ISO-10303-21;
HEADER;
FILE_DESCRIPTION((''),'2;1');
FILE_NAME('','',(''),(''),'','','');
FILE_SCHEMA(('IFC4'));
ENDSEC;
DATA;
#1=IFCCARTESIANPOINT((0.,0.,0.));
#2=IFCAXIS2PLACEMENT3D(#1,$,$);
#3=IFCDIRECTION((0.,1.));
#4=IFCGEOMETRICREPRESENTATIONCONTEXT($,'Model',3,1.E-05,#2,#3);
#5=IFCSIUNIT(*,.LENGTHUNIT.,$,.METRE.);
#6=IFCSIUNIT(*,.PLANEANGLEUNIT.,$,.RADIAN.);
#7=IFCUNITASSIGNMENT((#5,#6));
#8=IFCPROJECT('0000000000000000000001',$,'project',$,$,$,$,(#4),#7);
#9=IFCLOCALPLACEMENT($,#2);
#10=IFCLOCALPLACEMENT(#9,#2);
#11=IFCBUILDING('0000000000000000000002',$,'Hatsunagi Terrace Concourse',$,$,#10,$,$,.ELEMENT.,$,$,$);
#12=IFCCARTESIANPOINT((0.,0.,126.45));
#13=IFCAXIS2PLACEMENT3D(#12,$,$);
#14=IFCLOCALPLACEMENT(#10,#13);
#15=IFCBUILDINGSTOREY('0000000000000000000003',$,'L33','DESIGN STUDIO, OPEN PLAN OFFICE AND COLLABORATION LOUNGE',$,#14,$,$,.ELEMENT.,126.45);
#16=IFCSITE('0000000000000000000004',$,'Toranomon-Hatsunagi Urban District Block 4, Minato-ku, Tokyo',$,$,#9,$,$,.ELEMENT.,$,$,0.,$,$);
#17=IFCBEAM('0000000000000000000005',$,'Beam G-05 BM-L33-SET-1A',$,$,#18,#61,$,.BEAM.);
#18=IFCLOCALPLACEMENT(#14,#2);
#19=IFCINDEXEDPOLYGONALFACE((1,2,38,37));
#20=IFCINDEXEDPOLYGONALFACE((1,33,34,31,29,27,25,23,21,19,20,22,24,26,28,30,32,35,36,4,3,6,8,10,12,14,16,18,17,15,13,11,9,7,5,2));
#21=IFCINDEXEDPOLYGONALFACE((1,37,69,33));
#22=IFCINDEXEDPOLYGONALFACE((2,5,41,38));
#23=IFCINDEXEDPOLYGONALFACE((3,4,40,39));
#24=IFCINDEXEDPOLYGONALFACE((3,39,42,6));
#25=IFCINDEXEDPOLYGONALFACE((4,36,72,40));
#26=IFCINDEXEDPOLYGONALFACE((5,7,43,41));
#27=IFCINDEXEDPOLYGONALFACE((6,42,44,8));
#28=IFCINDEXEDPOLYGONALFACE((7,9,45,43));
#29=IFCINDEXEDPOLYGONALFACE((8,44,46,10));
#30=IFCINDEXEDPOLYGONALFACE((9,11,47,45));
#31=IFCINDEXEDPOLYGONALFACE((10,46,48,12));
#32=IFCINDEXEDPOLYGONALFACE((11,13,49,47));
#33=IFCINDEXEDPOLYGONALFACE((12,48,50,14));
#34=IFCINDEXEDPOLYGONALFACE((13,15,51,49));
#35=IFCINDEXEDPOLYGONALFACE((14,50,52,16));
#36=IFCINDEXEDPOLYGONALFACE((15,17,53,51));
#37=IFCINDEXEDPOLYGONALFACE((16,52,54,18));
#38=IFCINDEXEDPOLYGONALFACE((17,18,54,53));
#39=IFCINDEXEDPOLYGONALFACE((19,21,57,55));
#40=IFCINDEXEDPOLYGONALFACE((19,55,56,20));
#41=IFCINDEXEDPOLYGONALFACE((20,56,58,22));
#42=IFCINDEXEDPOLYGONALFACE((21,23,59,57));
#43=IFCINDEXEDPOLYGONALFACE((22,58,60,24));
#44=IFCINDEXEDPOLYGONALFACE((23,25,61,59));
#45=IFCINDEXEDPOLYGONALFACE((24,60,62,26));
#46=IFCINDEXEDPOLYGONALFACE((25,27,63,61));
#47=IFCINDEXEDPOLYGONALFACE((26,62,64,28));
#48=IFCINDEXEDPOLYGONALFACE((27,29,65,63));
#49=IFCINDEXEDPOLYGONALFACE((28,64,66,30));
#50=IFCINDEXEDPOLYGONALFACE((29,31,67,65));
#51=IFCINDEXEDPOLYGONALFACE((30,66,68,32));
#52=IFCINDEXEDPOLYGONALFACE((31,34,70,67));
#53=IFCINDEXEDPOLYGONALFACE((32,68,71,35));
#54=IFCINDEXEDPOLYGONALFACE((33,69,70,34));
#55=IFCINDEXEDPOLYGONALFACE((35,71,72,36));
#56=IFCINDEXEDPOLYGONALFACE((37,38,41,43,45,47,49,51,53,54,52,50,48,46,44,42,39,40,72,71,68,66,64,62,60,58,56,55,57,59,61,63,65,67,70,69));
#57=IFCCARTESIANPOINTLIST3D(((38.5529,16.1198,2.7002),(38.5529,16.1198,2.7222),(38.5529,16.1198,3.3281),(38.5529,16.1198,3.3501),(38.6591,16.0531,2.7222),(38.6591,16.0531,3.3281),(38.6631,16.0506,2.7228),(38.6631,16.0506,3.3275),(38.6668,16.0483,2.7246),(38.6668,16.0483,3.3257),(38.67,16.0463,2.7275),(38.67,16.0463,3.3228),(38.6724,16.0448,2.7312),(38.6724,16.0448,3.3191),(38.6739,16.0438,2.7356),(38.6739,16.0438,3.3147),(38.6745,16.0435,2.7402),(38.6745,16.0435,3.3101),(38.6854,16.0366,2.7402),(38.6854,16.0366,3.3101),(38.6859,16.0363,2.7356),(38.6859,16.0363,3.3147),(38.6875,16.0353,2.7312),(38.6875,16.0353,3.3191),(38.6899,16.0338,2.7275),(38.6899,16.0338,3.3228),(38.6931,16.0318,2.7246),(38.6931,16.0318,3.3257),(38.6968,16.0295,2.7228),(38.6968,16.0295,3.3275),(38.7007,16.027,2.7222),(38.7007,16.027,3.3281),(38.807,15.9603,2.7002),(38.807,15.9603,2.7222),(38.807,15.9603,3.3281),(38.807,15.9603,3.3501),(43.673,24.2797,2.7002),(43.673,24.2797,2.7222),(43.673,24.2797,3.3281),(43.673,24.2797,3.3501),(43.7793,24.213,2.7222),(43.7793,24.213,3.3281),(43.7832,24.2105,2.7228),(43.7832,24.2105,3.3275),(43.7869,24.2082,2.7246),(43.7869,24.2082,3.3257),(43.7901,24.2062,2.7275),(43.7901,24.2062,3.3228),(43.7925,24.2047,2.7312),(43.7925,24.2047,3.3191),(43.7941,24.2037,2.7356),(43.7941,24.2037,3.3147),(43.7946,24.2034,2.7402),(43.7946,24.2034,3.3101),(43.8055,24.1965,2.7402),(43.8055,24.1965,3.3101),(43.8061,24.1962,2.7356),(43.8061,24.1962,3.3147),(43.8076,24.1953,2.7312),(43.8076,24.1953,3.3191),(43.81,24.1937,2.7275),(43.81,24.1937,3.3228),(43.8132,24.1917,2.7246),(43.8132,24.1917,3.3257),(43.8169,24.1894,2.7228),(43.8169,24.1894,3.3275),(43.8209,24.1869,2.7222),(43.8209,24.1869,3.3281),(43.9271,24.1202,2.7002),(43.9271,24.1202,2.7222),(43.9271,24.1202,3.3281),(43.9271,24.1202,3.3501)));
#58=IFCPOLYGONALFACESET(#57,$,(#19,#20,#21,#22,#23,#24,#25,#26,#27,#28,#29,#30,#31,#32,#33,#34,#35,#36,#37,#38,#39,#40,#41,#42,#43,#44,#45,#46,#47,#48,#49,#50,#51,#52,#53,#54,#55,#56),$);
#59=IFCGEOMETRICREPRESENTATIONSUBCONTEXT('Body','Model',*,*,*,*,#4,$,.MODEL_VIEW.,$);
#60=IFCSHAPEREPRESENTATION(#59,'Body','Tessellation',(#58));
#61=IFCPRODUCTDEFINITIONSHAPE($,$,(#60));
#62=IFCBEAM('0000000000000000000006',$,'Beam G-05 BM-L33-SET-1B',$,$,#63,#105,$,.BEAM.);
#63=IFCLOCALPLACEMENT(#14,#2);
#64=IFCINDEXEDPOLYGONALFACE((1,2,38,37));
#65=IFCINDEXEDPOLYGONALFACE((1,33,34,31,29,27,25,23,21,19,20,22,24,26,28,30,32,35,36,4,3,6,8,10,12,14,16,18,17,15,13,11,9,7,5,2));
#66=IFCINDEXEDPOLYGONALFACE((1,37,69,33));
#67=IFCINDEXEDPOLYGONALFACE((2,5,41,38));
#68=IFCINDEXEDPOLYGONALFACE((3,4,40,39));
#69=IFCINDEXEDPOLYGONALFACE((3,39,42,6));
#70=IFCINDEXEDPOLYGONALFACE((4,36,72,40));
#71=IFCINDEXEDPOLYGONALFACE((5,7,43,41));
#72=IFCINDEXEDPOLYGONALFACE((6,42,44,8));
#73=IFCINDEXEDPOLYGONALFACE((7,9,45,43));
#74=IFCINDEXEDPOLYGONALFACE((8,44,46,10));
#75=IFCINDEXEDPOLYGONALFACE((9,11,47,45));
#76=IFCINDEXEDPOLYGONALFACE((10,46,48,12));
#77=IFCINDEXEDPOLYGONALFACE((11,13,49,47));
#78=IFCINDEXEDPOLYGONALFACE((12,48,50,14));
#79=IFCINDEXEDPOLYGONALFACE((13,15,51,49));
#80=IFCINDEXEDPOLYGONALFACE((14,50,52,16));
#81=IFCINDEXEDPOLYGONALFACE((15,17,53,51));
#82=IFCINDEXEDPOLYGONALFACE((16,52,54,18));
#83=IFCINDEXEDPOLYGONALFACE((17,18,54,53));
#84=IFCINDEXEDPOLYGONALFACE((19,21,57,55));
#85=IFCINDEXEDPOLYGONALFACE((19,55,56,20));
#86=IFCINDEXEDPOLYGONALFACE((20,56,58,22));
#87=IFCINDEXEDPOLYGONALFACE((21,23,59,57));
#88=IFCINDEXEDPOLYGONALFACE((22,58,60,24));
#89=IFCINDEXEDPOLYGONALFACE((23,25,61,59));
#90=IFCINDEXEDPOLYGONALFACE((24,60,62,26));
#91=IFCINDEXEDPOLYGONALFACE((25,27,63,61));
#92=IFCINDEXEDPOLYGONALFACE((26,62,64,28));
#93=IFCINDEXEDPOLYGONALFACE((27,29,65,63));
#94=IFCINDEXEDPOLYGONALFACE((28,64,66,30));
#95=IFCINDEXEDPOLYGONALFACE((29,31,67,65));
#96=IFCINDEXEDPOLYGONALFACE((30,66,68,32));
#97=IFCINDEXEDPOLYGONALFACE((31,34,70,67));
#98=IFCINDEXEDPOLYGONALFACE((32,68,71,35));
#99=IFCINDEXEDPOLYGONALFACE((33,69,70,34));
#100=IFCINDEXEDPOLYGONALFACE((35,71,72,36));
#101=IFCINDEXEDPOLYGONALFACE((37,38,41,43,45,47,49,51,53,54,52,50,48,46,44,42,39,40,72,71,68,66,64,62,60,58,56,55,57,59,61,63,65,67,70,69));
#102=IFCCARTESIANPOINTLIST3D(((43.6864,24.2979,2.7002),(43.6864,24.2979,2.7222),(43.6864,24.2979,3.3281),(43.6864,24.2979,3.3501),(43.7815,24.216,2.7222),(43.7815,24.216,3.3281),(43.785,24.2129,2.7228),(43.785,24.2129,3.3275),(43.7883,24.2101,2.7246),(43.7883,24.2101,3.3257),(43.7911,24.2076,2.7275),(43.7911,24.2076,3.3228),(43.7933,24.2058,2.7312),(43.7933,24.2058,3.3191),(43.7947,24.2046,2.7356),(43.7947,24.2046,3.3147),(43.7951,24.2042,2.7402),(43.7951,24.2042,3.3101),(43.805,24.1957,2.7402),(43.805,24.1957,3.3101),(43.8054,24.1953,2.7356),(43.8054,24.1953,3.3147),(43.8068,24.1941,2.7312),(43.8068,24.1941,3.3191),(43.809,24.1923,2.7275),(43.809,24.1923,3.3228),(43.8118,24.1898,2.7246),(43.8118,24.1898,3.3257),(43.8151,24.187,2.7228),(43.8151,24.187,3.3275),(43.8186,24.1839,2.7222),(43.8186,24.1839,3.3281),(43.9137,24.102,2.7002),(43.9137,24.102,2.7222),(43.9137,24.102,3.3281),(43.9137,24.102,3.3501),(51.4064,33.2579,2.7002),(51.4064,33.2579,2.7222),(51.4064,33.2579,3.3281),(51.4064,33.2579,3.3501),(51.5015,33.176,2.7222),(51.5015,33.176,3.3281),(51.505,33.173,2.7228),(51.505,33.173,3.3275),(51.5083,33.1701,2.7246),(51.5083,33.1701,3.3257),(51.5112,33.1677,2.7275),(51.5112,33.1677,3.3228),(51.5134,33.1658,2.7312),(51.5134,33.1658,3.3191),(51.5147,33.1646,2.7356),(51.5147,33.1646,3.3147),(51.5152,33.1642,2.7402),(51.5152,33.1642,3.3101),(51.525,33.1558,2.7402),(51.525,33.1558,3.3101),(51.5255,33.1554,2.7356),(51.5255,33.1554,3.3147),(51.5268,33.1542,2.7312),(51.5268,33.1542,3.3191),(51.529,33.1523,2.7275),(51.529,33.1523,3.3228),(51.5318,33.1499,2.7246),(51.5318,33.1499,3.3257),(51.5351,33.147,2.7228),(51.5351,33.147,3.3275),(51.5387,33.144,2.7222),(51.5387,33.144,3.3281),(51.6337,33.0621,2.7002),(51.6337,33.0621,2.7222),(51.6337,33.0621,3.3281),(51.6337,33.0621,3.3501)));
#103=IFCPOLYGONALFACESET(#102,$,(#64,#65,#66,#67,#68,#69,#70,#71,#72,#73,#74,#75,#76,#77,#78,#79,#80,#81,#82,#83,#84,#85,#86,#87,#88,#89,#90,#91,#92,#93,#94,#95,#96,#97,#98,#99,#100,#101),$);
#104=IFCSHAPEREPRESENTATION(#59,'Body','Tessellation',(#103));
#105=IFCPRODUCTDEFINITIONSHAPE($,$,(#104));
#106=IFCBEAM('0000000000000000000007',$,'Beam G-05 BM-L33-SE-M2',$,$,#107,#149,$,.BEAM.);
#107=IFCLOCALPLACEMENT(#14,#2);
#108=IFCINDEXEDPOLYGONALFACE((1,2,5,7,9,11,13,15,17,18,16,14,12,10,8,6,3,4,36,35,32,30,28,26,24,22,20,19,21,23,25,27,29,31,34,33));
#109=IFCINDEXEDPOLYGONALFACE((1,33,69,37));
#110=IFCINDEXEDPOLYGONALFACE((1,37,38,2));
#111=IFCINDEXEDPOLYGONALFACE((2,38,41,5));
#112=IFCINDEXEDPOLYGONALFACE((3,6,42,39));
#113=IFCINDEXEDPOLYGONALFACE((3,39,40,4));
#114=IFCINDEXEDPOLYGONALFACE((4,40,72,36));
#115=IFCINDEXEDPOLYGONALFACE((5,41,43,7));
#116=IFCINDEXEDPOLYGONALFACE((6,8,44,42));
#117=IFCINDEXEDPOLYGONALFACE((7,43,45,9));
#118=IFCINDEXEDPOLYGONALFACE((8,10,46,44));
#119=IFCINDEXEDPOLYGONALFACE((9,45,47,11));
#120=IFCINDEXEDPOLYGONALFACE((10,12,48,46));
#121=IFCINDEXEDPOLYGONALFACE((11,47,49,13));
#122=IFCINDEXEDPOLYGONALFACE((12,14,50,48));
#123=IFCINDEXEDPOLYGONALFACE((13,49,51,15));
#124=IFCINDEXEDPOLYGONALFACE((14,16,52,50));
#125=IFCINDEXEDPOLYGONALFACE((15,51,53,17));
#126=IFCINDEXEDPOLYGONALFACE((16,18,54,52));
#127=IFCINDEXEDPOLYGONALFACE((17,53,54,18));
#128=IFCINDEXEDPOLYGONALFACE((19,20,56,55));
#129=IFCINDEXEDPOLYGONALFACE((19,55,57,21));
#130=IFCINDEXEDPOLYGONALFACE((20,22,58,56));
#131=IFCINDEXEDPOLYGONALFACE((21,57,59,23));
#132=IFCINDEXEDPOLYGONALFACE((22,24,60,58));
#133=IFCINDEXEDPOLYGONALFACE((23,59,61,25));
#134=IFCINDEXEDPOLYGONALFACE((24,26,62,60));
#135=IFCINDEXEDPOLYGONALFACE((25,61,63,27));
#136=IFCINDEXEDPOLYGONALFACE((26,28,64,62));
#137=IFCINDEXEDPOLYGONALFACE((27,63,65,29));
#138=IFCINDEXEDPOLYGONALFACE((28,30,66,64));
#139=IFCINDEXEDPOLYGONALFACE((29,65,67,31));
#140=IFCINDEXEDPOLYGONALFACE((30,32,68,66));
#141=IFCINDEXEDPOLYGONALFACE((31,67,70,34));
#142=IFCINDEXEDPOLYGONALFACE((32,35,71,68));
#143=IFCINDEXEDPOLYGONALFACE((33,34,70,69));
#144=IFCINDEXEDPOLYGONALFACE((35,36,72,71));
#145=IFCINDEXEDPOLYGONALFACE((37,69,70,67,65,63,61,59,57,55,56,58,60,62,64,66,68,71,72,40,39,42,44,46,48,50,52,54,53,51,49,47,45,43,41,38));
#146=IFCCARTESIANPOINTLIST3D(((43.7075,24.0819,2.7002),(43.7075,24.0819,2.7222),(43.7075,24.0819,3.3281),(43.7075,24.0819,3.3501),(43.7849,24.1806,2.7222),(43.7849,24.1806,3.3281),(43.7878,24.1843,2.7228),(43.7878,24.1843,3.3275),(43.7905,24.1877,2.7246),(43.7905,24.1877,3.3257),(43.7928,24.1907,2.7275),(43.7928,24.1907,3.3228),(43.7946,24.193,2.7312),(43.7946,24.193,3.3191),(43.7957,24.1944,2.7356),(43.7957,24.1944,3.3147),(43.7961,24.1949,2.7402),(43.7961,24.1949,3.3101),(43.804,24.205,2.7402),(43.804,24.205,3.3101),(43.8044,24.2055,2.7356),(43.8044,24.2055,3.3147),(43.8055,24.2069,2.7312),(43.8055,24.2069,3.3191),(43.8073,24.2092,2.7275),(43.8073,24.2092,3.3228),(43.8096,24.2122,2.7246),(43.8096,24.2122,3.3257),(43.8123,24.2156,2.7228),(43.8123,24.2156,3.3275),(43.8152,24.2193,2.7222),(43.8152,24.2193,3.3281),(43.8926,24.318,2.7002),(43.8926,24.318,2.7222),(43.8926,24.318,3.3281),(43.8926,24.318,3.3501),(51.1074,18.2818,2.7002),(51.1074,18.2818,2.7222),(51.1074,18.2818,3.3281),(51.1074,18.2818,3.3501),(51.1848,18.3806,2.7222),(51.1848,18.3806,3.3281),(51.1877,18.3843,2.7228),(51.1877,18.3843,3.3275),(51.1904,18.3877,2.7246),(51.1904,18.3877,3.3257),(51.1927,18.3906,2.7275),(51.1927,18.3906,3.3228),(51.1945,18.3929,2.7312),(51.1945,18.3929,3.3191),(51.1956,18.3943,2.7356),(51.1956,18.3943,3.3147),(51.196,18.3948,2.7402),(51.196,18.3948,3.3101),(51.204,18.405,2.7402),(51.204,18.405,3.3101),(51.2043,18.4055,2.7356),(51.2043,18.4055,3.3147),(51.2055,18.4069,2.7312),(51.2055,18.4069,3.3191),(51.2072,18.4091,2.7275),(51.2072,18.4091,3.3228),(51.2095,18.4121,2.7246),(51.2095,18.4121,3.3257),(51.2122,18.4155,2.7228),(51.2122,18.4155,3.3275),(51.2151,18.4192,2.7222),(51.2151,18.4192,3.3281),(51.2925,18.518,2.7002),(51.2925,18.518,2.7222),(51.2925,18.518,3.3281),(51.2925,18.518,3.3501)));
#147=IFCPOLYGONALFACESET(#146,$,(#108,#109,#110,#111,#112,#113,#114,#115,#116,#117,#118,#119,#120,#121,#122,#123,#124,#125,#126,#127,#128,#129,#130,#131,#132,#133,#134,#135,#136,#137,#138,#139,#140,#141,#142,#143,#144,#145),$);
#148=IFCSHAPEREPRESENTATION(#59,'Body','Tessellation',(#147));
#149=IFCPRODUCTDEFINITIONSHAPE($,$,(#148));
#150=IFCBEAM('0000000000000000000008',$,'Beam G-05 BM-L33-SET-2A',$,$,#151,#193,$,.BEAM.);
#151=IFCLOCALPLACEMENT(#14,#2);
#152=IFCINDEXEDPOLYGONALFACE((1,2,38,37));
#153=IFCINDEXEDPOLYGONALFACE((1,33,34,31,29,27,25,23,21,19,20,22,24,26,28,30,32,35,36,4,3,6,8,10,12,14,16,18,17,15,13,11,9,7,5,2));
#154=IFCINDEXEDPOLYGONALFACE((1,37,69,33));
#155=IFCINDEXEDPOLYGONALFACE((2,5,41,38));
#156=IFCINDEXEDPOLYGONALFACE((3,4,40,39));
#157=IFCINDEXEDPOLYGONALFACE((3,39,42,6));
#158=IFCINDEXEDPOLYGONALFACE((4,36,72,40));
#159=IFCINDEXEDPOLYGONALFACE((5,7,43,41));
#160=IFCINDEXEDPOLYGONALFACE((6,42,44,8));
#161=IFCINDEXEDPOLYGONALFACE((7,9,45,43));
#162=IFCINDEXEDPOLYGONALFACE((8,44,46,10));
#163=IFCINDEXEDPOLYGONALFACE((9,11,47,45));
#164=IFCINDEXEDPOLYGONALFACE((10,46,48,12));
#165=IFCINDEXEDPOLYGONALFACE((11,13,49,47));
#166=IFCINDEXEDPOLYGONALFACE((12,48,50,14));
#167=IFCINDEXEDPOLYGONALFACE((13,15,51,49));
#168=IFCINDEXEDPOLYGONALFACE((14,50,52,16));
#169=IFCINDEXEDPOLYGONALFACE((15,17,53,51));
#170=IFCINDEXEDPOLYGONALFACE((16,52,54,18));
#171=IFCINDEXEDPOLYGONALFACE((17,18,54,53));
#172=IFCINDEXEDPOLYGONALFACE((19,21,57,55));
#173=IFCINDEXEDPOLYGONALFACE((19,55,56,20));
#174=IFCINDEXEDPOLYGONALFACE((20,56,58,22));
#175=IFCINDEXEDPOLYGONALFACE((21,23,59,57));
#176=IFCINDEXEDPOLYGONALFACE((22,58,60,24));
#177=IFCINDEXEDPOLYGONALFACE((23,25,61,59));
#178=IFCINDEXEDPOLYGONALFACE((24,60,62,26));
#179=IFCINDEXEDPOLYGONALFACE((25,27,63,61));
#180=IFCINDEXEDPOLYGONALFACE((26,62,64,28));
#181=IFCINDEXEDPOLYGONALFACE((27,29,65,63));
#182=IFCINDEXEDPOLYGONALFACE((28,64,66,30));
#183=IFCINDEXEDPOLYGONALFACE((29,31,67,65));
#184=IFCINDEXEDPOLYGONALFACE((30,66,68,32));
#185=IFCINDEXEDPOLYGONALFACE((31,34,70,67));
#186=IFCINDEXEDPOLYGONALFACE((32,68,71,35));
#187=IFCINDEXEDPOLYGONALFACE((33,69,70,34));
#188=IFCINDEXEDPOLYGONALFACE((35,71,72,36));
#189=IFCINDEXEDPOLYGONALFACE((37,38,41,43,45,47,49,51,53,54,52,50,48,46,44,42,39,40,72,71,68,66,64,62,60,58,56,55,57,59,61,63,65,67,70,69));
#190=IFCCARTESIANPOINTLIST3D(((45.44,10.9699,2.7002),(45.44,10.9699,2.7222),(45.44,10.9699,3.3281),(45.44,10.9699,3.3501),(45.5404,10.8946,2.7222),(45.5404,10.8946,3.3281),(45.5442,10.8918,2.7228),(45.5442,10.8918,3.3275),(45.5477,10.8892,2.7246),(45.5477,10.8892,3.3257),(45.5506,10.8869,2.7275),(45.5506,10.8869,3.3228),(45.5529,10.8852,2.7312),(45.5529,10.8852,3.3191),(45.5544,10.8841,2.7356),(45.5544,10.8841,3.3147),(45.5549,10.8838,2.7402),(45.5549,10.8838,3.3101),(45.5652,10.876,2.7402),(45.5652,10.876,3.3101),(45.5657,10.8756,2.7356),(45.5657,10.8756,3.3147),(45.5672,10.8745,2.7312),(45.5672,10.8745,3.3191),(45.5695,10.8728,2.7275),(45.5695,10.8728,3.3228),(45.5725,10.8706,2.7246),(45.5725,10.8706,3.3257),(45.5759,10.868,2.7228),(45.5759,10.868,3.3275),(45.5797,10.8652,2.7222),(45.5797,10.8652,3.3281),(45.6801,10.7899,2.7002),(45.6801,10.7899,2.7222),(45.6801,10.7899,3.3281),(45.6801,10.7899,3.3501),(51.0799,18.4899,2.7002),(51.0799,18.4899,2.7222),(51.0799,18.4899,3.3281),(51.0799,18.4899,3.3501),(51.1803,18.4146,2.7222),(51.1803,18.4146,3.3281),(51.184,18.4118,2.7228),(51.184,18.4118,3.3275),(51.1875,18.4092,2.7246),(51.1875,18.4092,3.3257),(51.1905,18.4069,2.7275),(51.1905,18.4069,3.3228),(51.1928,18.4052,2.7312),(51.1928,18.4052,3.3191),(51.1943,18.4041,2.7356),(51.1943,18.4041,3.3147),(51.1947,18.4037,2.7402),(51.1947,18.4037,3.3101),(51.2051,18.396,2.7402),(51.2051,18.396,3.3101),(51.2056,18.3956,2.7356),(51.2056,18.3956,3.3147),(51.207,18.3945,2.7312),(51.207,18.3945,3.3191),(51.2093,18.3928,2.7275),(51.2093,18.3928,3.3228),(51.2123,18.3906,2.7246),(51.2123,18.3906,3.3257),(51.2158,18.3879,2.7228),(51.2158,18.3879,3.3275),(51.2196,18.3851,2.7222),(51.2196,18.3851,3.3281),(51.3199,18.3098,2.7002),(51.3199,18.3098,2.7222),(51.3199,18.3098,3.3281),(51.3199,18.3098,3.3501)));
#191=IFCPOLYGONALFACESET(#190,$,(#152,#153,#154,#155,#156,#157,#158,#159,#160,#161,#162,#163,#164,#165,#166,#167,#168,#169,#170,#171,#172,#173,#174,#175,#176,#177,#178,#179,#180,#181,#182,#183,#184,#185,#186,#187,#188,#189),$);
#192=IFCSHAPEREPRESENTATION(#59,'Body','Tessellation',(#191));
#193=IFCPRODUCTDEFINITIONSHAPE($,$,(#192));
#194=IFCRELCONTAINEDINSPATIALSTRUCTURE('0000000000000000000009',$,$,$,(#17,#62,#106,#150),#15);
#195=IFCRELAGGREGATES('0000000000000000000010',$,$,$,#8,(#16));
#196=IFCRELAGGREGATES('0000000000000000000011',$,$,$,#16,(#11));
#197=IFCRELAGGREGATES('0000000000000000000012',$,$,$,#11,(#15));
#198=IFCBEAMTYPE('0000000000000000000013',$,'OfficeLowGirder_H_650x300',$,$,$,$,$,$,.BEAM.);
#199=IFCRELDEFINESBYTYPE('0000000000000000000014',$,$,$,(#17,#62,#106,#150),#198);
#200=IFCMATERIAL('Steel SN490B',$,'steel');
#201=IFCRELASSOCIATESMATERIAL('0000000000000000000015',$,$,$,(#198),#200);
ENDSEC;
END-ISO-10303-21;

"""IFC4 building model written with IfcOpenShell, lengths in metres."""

from ifc_helpers import new_model, si_unit, direction, frame, origin, origin_2d, place, context, subcontext, project, spatial, i_section, extrude, material, material_profile, profile_set, type_object, element, save


model = new_model("IFC4")

# Units and contexts
model_context = context("Model", 3, precision=1e-05, world=origin(), true_north=direction((0.0, 1.0)))
body_context = subcontext(model_context, "Body", "Model", "MODEL_VIEW")
ifc_project = project(units=[si_unit("LENGTHUNIT", "METRE"), si_unit("PLANEANGLEUNIT", "RADIAN")], contexts=[model_context])

# Site, building, storey
site_placement = place(None, origin())
site = spatial("IfcSite", under=ifc_project, at=site_placement, Name="Toranomon-Hatsunagi Urban District Block 4, Minato-ku, Tokyo", CompositionType="ELEMENT", RefElevation=0.0)
building_placement = place(site_placement, origin())
building = spatial("IfcBuilding", under=site, at=building_placement, Name="Hatsunagi Terrace Concourse", CompositionType="ELEMENT")
storey_placement = place(building_placement, frame((0.0, 0.0, 126.45)))
storey = spatial("IfcBuildingStorey", under=building, at=storey_placement, Name="L33", Description="DESIGN STUDIO, OPEN PLAN OFFICE AND COLLABORATION LOUNGE", CompositionType="ELEMENT", Elevation=126.45)

# Beams
ifc_material_1 = material(Name="Steel SN490B", Category="steel")
ifc_material_profile_1 = material_profile(ifc_material_1, i_section(OverallWidth=0.3, OverallDepth=0.6499, WebThickness=0.0129, FlangeThickness=0.022, FilletRadius=0.0181, at=origin_2d()), Name="H-650x300x13x22")
ifc_profile_set_1 = profile_set([ifc_material_profile_1], Name="Steel SN490B")
beam_type_1 = type_object("IfcBeamType", Name="OfficeLowGirder_H_650x300", PredefinedType="BEAM", material=ifc_profile_set_1)
beam_1_placement = place(storey_placement, frame((38.6799, 16.04, 3.0251), z_axis=(0.531504, 0.847056, 0.0), x_axis=(-0.847056, 0.531504, 0.0)))
element("IfcBeam", 1, at=beam_1_placement, inside=storey, type_object=beam_type_1, Name="Beam G-05 BM-L33-SET-1A", PredefinedType="BEAM", context=body_context, shape_type="SweptSolid", body=[
    extrude(i_section(OverallWidth=0.3, OverallDepth=0.6499, WebThickness=0.0129, FlangeThickness=0.022, FilletRadius=0.0181, at=origin_2d()), origin(), (0.0, 0.0, 1.0), 9.6333),
])
beam_2_placement = place(storey_placement, frame((43.8, 24.2, 3.0251), z_axis=(0.652739, 0.757583, 0.0), x_axis=(-0.757583, 0.652739, 0.0)))
element("IfcBeam", 2, at=beam_2_placement, inside=storey, type_object=beam_type_1, Name="Beam G-05 BM-L33-SET-1B", PredefinedType="BEAM", context=body_context, shape_type="SweptSolid", body=[
    extrude(i_section(OverallWidth=0.3, OverallDepth=0.6499, WebThickness=0.0129, FlangeThickness=0.022, FilletRadius=0.0181, at=origin_2d()), origin(), (0.0, 0.0, 1.0), 11.8271),
])
beam_3_placement = place(storey_placement, frame((43.8, 24.2, 3.0251), z_axis=(0.787049, -0.61689, 0.0), x_axis=(0.61689, 0.787049, 0.0)))
element("IfcBeam", 3, at=beam_3_placement, inside=storey, type_object=beam_type_1, Name="Beam G-05 BM-L33-SE-M2", PredefinedType="BEAM", context=body_context, shape_type="SweptSolid", body=[
    extrude(i_section(OverallWidth=0.3, OverallDepth=0.6499, WebThickness=0.0129, FlangeThickness=0.022, FilletRadius=0.0181, at=origin_2d()), origin(), (0.0, 0.0, 1.0), 9.4021),
])
beam_4_placement = place(storey_placement, frame((45.5601, 10.8799, 3.0251), z_axis=(0.599992, 0.800006, 0.0), x_axis=(-0.800006, 0.599992, 0.0)))
element("IfcBeam", 4, at=beam_4_placement, inside=storey, type_object=beam_type_1, Name="Beam G-05 BM-L33-SET-2A", PredefinedType="BEAM", context=body_context, shape_type="SweptSolid", body=[
    extrude(i_section(OverallWidth=0.3, OverallDepth=0.6499, WebThickness=0.0129, FlangeThickness=0.022, FilletRadius=0.0181, at=origin_2d()), origin(), (0.0, 0.0, 1.0), 9.3999),
])

save(model, "model.ifc")
